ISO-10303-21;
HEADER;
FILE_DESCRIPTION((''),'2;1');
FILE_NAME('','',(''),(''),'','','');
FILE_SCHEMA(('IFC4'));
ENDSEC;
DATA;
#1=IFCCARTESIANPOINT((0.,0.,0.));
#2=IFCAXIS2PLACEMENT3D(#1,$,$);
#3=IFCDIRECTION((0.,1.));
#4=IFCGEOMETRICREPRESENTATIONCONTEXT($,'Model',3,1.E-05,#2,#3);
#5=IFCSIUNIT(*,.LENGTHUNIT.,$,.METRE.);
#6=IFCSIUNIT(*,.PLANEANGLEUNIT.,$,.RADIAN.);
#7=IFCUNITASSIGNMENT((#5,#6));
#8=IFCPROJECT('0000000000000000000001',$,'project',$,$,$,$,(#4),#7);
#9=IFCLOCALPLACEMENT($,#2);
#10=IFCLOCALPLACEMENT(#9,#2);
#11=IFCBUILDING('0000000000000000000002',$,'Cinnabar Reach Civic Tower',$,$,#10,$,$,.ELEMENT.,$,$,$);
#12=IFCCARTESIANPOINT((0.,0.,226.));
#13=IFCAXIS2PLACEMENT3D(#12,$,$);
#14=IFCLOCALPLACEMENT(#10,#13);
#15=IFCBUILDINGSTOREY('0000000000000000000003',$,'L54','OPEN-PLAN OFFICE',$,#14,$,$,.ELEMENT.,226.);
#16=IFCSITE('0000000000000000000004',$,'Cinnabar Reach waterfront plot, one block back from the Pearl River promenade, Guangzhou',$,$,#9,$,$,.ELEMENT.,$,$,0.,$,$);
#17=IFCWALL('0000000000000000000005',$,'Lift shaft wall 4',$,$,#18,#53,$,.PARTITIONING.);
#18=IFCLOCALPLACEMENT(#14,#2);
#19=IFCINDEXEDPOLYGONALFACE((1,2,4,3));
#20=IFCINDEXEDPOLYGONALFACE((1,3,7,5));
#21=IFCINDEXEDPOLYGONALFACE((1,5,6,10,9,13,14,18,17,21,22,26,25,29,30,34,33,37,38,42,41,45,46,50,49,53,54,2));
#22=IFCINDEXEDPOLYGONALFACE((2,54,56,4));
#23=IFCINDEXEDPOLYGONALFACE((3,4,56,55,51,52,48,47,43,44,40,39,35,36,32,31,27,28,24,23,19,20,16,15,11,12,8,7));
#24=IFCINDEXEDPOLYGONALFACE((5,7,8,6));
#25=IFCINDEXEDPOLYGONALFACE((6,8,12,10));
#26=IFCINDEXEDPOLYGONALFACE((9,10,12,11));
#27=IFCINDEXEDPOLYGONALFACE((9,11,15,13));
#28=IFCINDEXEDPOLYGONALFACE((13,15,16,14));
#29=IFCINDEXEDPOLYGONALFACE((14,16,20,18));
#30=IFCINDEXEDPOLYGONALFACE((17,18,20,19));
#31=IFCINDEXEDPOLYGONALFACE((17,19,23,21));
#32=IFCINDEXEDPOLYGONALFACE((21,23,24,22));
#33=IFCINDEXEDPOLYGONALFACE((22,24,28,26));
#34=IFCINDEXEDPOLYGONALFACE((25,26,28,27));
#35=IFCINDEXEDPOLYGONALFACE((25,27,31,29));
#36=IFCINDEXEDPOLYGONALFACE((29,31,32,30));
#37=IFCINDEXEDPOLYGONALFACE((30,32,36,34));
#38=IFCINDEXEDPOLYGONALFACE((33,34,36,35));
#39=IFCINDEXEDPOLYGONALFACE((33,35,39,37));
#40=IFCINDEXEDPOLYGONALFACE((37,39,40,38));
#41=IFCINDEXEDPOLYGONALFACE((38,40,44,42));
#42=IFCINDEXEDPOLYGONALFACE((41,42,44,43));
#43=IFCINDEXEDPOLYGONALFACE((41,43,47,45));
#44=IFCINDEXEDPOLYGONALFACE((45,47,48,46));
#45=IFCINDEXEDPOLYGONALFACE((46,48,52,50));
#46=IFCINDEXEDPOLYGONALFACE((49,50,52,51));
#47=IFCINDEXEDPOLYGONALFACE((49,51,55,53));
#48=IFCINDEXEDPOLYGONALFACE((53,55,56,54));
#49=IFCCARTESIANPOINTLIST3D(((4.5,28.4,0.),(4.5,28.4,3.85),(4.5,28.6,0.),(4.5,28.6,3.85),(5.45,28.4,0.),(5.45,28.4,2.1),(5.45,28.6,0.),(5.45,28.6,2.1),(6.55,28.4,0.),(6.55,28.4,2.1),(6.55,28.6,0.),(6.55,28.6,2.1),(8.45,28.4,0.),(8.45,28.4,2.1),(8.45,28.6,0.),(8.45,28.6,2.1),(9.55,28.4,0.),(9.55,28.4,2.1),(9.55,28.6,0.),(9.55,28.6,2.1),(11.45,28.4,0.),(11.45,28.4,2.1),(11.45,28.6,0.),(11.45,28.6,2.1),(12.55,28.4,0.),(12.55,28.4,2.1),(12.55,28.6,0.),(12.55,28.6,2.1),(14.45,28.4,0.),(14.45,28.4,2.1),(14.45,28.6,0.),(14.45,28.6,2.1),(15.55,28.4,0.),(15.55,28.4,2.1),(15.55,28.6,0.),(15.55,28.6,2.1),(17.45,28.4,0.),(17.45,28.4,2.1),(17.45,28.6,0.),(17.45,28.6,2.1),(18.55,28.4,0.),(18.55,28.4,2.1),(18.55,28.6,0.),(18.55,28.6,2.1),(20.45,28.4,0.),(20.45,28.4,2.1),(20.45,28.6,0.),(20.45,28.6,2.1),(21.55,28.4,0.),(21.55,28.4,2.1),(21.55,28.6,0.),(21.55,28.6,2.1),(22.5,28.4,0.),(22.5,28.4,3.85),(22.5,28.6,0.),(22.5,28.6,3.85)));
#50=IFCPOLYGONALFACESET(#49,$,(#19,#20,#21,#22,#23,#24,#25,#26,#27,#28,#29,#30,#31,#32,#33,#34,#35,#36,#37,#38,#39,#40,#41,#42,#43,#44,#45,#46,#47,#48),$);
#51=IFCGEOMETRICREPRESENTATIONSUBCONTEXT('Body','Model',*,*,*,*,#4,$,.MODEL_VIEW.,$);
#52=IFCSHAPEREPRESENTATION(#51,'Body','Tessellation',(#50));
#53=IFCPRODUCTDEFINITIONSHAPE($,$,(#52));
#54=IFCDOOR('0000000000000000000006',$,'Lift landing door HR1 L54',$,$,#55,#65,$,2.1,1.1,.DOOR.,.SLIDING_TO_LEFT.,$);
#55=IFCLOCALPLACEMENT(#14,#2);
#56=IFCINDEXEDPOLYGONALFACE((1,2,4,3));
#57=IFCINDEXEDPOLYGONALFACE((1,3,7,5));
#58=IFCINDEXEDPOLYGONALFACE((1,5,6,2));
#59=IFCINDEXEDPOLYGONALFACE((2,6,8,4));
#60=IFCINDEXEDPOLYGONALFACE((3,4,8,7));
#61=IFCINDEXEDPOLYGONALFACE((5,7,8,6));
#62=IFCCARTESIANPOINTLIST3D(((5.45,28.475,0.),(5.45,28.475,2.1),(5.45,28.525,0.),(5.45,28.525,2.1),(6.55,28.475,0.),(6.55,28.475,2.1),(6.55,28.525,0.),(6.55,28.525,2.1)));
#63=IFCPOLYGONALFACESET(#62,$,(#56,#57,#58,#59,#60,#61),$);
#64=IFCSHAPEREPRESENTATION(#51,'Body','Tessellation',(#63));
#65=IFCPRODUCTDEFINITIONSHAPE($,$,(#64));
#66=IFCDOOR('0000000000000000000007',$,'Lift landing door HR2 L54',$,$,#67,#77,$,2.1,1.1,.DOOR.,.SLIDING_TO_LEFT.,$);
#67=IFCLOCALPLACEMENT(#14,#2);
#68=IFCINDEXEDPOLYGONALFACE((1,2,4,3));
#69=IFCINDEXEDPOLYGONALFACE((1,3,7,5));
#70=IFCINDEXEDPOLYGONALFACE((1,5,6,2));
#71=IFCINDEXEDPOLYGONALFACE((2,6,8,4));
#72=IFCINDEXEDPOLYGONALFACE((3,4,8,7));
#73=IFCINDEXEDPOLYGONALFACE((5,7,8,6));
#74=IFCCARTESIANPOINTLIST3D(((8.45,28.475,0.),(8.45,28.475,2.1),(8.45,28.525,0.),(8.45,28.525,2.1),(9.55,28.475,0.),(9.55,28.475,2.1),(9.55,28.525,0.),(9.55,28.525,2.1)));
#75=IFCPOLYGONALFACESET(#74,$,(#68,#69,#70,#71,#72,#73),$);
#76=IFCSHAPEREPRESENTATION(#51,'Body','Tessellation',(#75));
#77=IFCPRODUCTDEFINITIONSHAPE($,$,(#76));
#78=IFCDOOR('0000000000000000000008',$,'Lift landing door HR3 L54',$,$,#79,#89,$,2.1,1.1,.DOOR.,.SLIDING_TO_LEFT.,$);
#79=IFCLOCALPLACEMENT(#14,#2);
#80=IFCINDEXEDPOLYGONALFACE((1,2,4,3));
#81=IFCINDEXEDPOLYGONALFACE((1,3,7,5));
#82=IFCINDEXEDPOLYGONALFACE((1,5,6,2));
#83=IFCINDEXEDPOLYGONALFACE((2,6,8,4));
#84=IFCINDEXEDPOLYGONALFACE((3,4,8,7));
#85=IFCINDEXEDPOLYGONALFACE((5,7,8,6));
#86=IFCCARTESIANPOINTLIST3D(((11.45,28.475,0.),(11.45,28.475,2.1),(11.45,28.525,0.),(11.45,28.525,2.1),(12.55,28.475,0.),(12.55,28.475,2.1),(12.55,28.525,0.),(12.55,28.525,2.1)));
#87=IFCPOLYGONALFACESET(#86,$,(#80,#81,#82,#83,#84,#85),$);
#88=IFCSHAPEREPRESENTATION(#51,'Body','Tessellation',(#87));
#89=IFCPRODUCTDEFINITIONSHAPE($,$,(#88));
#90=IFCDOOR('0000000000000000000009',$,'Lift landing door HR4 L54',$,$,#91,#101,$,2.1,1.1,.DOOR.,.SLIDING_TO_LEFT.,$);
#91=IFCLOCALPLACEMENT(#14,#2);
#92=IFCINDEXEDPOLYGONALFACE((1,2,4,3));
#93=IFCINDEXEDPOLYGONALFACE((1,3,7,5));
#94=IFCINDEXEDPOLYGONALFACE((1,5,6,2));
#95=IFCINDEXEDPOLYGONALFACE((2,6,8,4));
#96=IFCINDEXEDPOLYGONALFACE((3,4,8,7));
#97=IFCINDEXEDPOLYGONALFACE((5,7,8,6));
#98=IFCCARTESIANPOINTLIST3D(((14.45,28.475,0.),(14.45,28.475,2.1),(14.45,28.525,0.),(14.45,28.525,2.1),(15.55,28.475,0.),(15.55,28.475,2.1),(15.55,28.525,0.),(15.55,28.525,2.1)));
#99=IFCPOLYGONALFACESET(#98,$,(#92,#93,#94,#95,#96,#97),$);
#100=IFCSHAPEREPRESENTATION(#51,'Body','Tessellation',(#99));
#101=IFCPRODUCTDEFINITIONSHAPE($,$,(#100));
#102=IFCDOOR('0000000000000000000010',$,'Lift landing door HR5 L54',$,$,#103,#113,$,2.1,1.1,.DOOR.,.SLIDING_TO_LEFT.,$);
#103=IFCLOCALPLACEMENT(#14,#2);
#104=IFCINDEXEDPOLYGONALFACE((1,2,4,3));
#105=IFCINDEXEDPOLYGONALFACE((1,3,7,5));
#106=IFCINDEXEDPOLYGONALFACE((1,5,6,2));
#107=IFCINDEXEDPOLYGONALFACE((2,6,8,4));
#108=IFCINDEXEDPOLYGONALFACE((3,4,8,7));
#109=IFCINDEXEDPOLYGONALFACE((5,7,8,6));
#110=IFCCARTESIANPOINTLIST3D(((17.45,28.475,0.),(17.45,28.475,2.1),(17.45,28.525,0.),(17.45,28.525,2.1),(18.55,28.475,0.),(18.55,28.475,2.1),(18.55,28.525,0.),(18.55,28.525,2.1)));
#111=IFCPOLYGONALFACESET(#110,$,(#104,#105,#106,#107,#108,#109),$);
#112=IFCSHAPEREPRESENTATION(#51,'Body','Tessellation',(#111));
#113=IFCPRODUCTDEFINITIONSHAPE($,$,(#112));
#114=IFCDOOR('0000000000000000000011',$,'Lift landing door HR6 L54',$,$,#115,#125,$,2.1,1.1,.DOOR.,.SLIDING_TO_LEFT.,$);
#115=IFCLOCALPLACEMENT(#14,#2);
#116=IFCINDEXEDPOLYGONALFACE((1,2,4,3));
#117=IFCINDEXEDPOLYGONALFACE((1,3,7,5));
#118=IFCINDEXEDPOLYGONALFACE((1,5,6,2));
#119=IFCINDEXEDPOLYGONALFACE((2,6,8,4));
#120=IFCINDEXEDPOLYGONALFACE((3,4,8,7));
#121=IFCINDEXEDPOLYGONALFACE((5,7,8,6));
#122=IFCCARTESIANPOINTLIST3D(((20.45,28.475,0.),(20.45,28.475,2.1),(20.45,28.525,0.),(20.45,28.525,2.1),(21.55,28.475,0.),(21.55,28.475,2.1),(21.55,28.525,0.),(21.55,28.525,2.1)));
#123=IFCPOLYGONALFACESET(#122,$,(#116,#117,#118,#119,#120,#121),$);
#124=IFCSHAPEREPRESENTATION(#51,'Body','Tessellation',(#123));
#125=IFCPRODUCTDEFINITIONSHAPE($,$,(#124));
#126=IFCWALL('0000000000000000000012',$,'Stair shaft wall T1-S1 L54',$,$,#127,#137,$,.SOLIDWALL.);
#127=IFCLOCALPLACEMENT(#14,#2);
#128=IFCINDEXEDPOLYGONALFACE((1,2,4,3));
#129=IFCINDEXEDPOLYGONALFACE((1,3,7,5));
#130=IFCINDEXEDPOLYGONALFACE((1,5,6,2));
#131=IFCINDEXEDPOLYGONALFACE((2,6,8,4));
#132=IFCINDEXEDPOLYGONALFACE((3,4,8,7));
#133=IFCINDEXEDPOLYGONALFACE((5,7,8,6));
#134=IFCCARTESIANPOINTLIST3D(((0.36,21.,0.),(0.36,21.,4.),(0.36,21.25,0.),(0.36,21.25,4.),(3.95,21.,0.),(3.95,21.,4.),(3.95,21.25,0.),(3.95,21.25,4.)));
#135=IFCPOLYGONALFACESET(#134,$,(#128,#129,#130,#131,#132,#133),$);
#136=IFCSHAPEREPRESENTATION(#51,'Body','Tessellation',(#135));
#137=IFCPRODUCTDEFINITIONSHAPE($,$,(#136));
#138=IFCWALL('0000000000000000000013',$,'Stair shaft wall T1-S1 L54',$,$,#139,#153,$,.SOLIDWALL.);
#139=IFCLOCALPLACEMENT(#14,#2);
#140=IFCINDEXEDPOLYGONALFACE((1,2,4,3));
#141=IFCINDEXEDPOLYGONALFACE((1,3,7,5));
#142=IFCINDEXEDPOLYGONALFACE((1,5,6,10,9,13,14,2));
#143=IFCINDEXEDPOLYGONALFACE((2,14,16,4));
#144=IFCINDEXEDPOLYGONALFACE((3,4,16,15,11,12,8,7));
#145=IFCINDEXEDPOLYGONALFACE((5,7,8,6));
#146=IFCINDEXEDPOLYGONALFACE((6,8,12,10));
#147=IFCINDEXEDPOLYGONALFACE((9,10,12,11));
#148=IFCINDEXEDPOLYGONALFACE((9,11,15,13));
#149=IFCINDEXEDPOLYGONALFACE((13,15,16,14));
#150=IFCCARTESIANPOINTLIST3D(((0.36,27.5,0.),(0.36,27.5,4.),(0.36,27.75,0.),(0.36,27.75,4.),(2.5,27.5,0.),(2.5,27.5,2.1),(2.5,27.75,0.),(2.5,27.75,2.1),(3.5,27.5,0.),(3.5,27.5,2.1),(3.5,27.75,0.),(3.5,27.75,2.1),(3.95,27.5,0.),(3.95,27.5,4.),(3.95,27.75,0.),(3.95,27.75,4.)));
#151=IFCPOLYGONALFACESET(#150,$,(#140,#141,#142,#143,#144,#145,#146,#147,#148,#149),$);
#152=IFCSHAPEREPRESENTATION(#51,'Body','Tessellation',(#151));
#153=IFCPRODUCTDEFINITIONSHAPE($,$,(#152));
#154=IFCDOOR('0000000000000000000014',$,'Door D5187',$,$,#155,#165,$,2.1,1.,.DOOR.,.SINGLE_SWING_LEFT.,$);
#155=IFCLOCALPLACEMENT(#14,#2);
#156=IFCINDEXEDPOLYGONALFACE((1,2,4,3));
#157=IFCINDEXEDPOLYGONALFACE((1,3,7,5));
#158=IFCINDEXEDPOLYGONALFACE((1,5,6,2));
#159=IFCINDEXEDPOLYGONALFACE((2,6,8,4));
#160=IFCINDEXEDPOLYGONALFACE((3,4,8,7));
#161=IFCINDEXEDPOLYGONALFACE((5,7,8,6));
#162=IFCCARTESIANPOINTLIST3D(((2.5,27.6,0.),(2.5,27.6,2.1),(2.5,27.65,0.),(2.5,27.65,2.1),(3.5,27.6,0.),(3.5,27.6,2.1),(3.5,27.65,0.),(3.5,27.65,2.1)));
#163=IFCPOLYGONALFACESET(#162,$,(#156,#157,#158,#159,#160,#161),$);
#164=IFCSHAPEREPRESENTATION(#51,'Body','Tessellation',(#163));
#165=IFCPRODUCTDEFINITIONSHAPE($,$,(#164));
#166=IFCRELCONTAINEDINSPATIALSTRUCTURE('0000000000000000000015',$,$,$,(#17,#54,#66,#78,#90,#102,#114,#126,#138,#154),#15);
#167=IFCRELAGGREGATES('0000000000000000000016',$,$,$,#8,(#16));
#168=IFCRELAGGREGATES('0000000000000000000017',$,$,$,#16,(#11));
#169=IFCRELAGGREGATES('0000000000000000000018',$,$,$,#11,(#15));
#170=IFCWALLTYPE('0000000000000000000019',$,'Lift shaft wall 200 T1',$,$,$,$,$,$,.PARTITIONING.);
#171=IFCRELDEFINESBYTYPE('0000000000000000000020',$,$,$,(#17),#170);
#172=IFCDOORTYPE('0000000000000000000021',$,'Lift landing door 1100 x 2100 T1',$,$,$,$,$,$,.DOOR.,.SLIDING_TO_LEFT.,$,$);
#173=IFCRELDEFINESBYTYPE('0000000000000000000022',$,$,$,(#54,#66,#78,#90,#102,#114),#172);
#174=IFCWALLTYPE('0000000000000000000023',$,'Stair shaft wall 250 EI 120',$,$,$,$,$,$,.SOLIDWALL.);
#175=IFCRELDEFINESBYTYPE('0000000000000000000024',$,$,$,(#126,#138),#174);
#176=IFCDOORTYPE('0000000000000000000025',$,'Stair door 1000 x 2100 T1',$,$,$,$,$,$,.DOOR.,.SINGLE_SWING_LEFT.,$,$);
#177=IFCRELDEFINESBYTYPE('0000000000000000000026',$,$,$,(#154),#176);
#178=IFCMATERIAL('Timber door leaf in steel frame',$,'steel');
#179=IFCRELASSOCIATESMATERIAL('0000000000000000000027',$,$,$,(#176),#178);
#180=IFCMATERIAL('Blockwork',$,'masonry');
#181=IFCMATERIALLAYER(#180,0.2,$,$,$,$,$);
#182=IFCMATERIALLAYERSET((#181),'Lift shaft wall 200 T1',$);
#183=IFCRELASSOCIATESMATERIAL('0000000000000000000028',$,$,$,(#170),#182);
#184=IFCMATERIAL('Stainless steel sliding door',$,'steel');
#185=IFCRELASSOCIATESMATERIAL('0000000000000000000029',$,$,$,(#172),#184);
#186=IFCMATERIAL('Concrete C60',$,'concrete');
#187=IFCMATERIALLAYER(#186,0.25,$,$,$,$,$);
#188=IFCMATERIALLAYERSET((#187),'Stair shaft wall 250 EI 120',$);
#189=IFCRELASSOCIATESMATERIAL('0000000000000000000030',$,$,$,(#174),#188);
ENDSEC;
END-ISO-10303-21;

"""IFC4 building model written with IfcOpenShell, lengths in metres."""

from ifc_helpers import new_model, si_unit, direction, frame, frame_2d, origin, place, context, subcontext, project, spatial, rectangle, extrude, material, layer, layer_set, type_object, element, fill, save


model = new_model("IFC4")

# Units and contexts
model_context = context("Model", 3, precision=1e-05, world=origin(), true_north=direction((0.0, 1.0)))
body_context = subcontext(model_context, "Body", "Model", "MODEL_VIEW")
ifc_project = project(units=[si_unit("LENGTHUNIT", "METRE"), si_unit("PLANEANGLEUNIT", "RADIAN")], contexts=[model_context])

# Site, building, storey
site_placement = place(None, origin())
site = spatial("IfcSite", under=ifc_project, at=site_placement, Name="Cinnabar Reach waterfront plot, one block back from the Pearl River promenade, Guangzhou", CompositionType="ELEMENT", RefElevation=0.0)
building_placement = place(site_placement, origin())
building = spatial("IfcBuilding", under=site, at=building_placement, Name="Cinnabar Reach Civic Tower", CompositionType="ELEMENT")
storey_placement = place(building_placement, frame((0.0, 0.0, 226.0)))
storey = spatial("IfcBuildingStorey", under=building, at=storey_placement, Name="L54", Description="OPEN-PLAN OFFICE", CompositionType="ELEMENT", Elevation=226.0)

# Shared definitions
ifc_material_1 = material(Name="Concrete C60", Category="concrete")

# Shared definitions
ifc_material_2 = material(Name="Timber door leaf in steel frame", Category="steel")
door_type_1 = type_object("IfcDoorType", Name="Stair door 1000 x 2100 T1", OperationType="SINGLE_SWING_LEFT", PredefinedType="DOOR", material=ifc_material_2)

# Wall, openings, doors
ifc_material_3 = material(Name="Blockwork", Category="masonry")
ifc_layer_1 = layer(ifc_material_3, 0.2)
ifc_layer_set_1 = layer_set([ifc_layer_1], Name="Lift shaft wall 200 T1")
wall_type_1 = type_object("IfcWallType", Name="Lift shaft wall 200 T1", PredefinedType="PARTITIONING", material=ifc_layer_set_1)
wall_1_placement = place(storey_placement, frame((4.5, 28.5, 0.0), z_axis=(0.0, 0.0, 1.0), x_axis=(1.0, 0.0, 0.0)))
wall_1 = element("IfcWall", 1, at=wall_1_placement, inside=storey, type_object=wall_type_1, Name="Lift shaft wall 4", PredefinedType="PARTITIONING", context=body_context, shape_type="SweptSolid", body=[
    extrude(rectangle(XDim=18.0, YDim=0.2, at=frame_2d((9.0, 0.0))), origin(), (0.0, 0.0, 1.0), 3.85),
])
opening_1_placement = place(wall_1_placement, frame((0.95, 0.0, 0.0)))
opening_1 = element("IfcOpeningElement", 2, at=opening_1_placement, cuts=wall_1, PredefinedType="OPENING", context=body_context, shape_type="SweptSolid", body=[
    extrude(rectangle(XDim=1.1, YDim=2.1, at=frame_2d((0.55, 1.05))), frame((0.0, 0.11, 0.0), z_axis=(0.0, -1.0, 0.0), x_axis=(1.0, 0.0, 0.0)), (0.0, 0.0, 1.0), 0.22),
])
opening_2_placement = place(wall_1_placement, frame((3.95, 0.0, 0.0)))
opening_2 = element("IfcOpeningElement", 3, at=opening_2_placement, cuts=wall_1, PredefinedType="OPENING", context=body_context, shape_type="SweptSolid", body=[
    extrude(rectangle(XDim=1.1, YDim=2.1, at=frame_2d((0.55, 1.05))), frame((0.0, 0.11, 0.0), z_axis=(0.0, -1.0, 0.0), x_axis=(1.0, 0.0, 0.0)), (0.0, 0.0, 1.0), 0.22),
])
opening_3_placement = place(wall_1_placement, frame((6.95, 0.0, 0.0)))
opening_3 = element("IfcOpeningElement", 4, at=opening_3_placement, cuts=wall_1, PredefinedType="OPENING", context=body_context, shape_type="SweptSolid", body=[
    extrude(rectangle(XDim=1.1, YDim=2.1, at=frame_2d((0.55, 1.05))), frame((0.0, 0.11, 0.0), z_axis=(0.0, -1.0, 0.0), x_axis=(1.0, 0.0, 0.0)), (0.0, 0.0, 1.0), 0.22),
])
opening_4_placement = place(wall_1_placement, frame((9.95, 0.0, 0.0)))
opening_4 = element("IfcOpeningElement", 5, at=opening_4_placement, cuts=wall_1, PredefinedType="OPENING", context=body_context, shape_type="SweptSolid", body=[
    extrude(rectangle(XDim=1.1, YDim=2.1, at=frame_2d((0.55, 1.05))), frame((0.0, 0.11, 0.0), z_axis=(0.0, -1.0, 0.0), x_axis=(1.0, 0.0, 0.0)), (0.0, 0.0, 1.0), 0.22),
])
opening_5_placement = place(wall_1_placement, frame((12.95, 0.0, 0.0)))
opening_5 = element("IfcOpeningElement", 6, at=opening_5_placement, cuts=wall_1, PredefinedType="OPENING", context=body_context, shape_type="SweptSolid", body=[
    extrude(rectangle(XDim=1.1, YDim=2.1, at=frame_2d((0.55, 1.05))), frame((0.0, 0.11, 0.0), z_axis=(0.0, -1.0, 0.0), x_axis=(1.0, 0.0, 0.0)), (0.0, 0.0, 1.0), 0.22),
])
opening_6_placement = place(wall_1_placement, frame((15.95, 0.0, 0.0)))
opening_6 = element("IfcOpeningElement", 7, at=opening_6_placement, cuts=wall_1, PredefinedType="OPENING", context=body_context, shape_type="SweptSolid", body=[
    extrude(rectangle(XDim=1.1, YDim=2.1, at=frame_2d((0.55, 1.05))), frame((0.0, 0.11, 0.0), z_axis=(0.0, -1.0, 0.0), x_axis=(1.0, 0.0, 0.0)), (0.0, 0.0, 1.0), 0.22),
])
ifc_material_4 = material(Name="Stainless steel sliding door", Category="steel")
door_type_2 = type_object("IfcDoorType", Name="Lift landing door 1100 x 2100 T1", OperationType="SLIDING_TO_LEFT", PredefinedType="DOOR", material=ifc_material_4)
door_1_placement = place(opening_1_placement, origin())
door_1 = element("IfcDoor", 8, at=door_1_placement, inside=storey, type_object=door_type_2, Name="Lift landing door HR1 L54", OperationType="SLIDING_TO_LEFT", OverallHeight=2.1, OverallWidth=1.1, PredefinedType="DOOR", context=body_context, shape_type="SweptSolid", body=[
    extrude(rectangle(XDim=1.1, YDim=2.1, at=frame_2d((0.55, 1.05))), frame((0.0, 0.025, 0.0), z_axis=(0.0, -1.0, 0.0), x_axis=(1.0, 0.0, 0.0)), (0.0, 0.0, 1.0), 0.05),
])
fill(opening_1, door_1)
door_2_placement = place(opening_2_placement, origin())
door_2 = element("IfcDoor", 9, at=door_2_placement, inside=storey, type_object=door_type_2, Name="Lift landing door HR2 L54", OperationType="SLIDING_TO_LEFT", OverallHeight=2.1, OverallWidth=1.1, PredefinedType="DOOR", context=body_context, shape_type="SweptSolid", body=[
    extrude(rectangle(XDim=1.1, YDim=2.1, at=frame_2d((0.55, 1.05))), frame((0.0, 0.025, 0.0), z_axis=(0.0, -1.0, 0.0), x_axis=(1.0, 0.0, 0.0)), (0.0, 0.0, 1.0), 0.05),
])
fill(opening_2, door_2)
door_3_placement = place(opening_3_placement, origin())
door_3 = element("IfcDoor", 10, at=door_3_placement, inside=storey, type_object=door_type_2, Name="Lift landing door HR3 L54", OperationType="SLIDING_TO_LEFT", OverallHeight=2.1, OverallWidth=1.1, PredefinedType="DOOR", context=body_context, shape_type="SweptSolid", body=[
    extrude(rectangle(XDim=1.1, YDim=2.1, at=frame_2d((0.55, 1.05))), frame((0.0, 0.025, 0.0), z_axis=(0.0, -1.0, 0.0), x_axis=(1.0, 0.0, 0.0)), (0.0, 0.0, 1.0), 0.05),
])
fill(opening_3, door_3)
door_4_placement = place(opening_4_placement, origin())
door_4 = element("IfcDoor", 11, at=door_4_placement, inside=storey, type_object=door_type_2, Name="Lift landing door HR4 L54", OperationType="SLIDING_TO_LEFT", OverallHeight=2.1, OverallWidth=1.1, PredefinedType="DOOR", context=body_context, shape_type="SweptSolid", body=[
    extrude(rectangle(XDim=1.1, YDim=2.1, at=frame_2d((0.55, 1.05))), frame((0.0, 0.025, 0.0), z_axis=(0.0, -1.0, 0.0), x_axis=(1.0, 0.0, 0.0)), (0.0, 0.0, 1.0), 0.05),
])
fill(opening_4, door_4)
door_5_placement = place(opening_5_placement, origin())
door_5 = element("IfcDoor", 12, at=door_5_placement, inside=storey, type_object=door_type_2, Name="Lift landing door HR5 L54", OperationType="SLIDING_TO_LEFT", OverallHeight=2.1, OverallWidth=1.1, PredefinedType="DOOR", context=body_context, shape_type="SweptSolid", body=[
    extrude(rectangle(XDim=1.1, YDim=2.1, at=frame_2d((0.55, 1.05))), frame((0.0, 0.025, 0.0), z_axis=(0.0, -1.0, 0.0), x_axis=(1.0, 0.0, 0.0)), (0.0, 0.0, 1.0), 0.05),
])
fill(opening_5, door_5)
door_6_placement = place(opening_6_placement, origin())
door_6 = element("IfcDoor", 13, at=door_6_placement, inside=storey, type_object=door_type_2, Name="Lift landing door HR6 L54", OperationType="SLIDING_TO_LEFT", OverallHeight=2.1, OverallWidth=1.1, PredefinedType="DOOR", context=body_context, shape_type="SweptSolid", body=[
    extrude(rectangle(XDim=1.1, YDim=2.1, at=frame_2d((0.55, 1.05))), frame((0.0, 0.025, 0.0), z_axis=(0.0, -1.0, 0.0), x_axis=(1.0, 0.0, 0.0)), (0.0, 0.0, 1.0), 0.05),
])
fill(opening_6, door_6)

# Wall
ifc_layer_2 = layer(ifc_material_1, 0.25)
ifc_layer_set_2 = layer_set([ifc_layer_2], Name="Stair shaft wall 250 EI 120")
wall_type_2 = type_object("IfcWallType", Name="Stair shaft wall 250 EI 120", PredefinedType="SOLIDWALL", material=ifc_layer_set_2)
wall_2_placement = place(storey_placement, frame((0.36, 21.125, 0.0), z_axis=(0.0, 0.0, 1.0), x_axis=(1.0, 0.0, 0.0)))
element("IfcWall", 14, at=wall_2_placement, inside=storey, type_object=wall_type_2, Name="Stair shaft wall T1-S1 L54", PredefinedType="SOLIDWALL", context=body_context, shape_type="SweptSolid", body=[
    extrude(rectangle(XDim=3.59, YDim=0.25, at=frame_2d((1.795, 0.0))), origin(), (0.0, 0.0, 1.0), 4.0),
])

# Wall, opening, door
wall_3_placement = place(storey_placement, frame((3.95, 27.625, 0.0), z_axis=(0.0, 0.0, 1.0), x_axis=(-1.0, 0.0, 0.0)))
wall_3 = element("IfcWall", 15, at=wall_3_placement, inside=storey, type_object=wall_type_2, Name="Stair shaft wall T1-S1 L54", PredefinedType="SOLIDWALL", context=body_context, shape_type="SweptSolid", body=[
    extrude(rectangle(XDim=3.59, YDim=0.25, at=frame_2d((1.795, 0.0))), origin(), (0.0, 0.0, 1.0), 4.0),
])
opening_7_placement = place(wall_3_placement, frame((0.45, 0.0, 0.0)))
opening_7 = element("IfcOpeningElement", 16, at=opening_7_placement, cuts=wall_3, PredefinedType="OPENING", context=body_context, shape_type="SweptSolid", body=[
    extrude(rectangle(XDim=1.0, YDim=2.1, at=frame_2d((0.5, 1.05))), frame((0.0, 0.135, 0.0), z_axis=(0.0, -1.0, 0.0), x_axis=(1.0, 0.0, 0.0)), (0.0, 0.0, 1.0), 0.27),
])
door_7_placement = place(opening_7_placement, origin())
door_7 = element("IfcDoor", 17, at=door_7_placement, inside=storey, type_object=door_type_1, Name="Door D5187", OperationType="SINGLE_SWING_LEFT", OverallHeight=2.1, OverallWidth=1.0, PredefinedType="DOOR", context=body_context, shape_type="SweptSolid", body=[
    extrude(rectangle(XDim=1.0, YDim=2.1, at=frame_2d((0.5, 1.05))), frame((0.0, 0.025, 0.0), z_axis=(0.0, -1.0, 0.0), x_axis=(1.0, 0.0, 0.0)), (0.0, 0.0, 1.0), 0.05),
])
fill(opening_7, door_7)

save(model, "model.ifc")
